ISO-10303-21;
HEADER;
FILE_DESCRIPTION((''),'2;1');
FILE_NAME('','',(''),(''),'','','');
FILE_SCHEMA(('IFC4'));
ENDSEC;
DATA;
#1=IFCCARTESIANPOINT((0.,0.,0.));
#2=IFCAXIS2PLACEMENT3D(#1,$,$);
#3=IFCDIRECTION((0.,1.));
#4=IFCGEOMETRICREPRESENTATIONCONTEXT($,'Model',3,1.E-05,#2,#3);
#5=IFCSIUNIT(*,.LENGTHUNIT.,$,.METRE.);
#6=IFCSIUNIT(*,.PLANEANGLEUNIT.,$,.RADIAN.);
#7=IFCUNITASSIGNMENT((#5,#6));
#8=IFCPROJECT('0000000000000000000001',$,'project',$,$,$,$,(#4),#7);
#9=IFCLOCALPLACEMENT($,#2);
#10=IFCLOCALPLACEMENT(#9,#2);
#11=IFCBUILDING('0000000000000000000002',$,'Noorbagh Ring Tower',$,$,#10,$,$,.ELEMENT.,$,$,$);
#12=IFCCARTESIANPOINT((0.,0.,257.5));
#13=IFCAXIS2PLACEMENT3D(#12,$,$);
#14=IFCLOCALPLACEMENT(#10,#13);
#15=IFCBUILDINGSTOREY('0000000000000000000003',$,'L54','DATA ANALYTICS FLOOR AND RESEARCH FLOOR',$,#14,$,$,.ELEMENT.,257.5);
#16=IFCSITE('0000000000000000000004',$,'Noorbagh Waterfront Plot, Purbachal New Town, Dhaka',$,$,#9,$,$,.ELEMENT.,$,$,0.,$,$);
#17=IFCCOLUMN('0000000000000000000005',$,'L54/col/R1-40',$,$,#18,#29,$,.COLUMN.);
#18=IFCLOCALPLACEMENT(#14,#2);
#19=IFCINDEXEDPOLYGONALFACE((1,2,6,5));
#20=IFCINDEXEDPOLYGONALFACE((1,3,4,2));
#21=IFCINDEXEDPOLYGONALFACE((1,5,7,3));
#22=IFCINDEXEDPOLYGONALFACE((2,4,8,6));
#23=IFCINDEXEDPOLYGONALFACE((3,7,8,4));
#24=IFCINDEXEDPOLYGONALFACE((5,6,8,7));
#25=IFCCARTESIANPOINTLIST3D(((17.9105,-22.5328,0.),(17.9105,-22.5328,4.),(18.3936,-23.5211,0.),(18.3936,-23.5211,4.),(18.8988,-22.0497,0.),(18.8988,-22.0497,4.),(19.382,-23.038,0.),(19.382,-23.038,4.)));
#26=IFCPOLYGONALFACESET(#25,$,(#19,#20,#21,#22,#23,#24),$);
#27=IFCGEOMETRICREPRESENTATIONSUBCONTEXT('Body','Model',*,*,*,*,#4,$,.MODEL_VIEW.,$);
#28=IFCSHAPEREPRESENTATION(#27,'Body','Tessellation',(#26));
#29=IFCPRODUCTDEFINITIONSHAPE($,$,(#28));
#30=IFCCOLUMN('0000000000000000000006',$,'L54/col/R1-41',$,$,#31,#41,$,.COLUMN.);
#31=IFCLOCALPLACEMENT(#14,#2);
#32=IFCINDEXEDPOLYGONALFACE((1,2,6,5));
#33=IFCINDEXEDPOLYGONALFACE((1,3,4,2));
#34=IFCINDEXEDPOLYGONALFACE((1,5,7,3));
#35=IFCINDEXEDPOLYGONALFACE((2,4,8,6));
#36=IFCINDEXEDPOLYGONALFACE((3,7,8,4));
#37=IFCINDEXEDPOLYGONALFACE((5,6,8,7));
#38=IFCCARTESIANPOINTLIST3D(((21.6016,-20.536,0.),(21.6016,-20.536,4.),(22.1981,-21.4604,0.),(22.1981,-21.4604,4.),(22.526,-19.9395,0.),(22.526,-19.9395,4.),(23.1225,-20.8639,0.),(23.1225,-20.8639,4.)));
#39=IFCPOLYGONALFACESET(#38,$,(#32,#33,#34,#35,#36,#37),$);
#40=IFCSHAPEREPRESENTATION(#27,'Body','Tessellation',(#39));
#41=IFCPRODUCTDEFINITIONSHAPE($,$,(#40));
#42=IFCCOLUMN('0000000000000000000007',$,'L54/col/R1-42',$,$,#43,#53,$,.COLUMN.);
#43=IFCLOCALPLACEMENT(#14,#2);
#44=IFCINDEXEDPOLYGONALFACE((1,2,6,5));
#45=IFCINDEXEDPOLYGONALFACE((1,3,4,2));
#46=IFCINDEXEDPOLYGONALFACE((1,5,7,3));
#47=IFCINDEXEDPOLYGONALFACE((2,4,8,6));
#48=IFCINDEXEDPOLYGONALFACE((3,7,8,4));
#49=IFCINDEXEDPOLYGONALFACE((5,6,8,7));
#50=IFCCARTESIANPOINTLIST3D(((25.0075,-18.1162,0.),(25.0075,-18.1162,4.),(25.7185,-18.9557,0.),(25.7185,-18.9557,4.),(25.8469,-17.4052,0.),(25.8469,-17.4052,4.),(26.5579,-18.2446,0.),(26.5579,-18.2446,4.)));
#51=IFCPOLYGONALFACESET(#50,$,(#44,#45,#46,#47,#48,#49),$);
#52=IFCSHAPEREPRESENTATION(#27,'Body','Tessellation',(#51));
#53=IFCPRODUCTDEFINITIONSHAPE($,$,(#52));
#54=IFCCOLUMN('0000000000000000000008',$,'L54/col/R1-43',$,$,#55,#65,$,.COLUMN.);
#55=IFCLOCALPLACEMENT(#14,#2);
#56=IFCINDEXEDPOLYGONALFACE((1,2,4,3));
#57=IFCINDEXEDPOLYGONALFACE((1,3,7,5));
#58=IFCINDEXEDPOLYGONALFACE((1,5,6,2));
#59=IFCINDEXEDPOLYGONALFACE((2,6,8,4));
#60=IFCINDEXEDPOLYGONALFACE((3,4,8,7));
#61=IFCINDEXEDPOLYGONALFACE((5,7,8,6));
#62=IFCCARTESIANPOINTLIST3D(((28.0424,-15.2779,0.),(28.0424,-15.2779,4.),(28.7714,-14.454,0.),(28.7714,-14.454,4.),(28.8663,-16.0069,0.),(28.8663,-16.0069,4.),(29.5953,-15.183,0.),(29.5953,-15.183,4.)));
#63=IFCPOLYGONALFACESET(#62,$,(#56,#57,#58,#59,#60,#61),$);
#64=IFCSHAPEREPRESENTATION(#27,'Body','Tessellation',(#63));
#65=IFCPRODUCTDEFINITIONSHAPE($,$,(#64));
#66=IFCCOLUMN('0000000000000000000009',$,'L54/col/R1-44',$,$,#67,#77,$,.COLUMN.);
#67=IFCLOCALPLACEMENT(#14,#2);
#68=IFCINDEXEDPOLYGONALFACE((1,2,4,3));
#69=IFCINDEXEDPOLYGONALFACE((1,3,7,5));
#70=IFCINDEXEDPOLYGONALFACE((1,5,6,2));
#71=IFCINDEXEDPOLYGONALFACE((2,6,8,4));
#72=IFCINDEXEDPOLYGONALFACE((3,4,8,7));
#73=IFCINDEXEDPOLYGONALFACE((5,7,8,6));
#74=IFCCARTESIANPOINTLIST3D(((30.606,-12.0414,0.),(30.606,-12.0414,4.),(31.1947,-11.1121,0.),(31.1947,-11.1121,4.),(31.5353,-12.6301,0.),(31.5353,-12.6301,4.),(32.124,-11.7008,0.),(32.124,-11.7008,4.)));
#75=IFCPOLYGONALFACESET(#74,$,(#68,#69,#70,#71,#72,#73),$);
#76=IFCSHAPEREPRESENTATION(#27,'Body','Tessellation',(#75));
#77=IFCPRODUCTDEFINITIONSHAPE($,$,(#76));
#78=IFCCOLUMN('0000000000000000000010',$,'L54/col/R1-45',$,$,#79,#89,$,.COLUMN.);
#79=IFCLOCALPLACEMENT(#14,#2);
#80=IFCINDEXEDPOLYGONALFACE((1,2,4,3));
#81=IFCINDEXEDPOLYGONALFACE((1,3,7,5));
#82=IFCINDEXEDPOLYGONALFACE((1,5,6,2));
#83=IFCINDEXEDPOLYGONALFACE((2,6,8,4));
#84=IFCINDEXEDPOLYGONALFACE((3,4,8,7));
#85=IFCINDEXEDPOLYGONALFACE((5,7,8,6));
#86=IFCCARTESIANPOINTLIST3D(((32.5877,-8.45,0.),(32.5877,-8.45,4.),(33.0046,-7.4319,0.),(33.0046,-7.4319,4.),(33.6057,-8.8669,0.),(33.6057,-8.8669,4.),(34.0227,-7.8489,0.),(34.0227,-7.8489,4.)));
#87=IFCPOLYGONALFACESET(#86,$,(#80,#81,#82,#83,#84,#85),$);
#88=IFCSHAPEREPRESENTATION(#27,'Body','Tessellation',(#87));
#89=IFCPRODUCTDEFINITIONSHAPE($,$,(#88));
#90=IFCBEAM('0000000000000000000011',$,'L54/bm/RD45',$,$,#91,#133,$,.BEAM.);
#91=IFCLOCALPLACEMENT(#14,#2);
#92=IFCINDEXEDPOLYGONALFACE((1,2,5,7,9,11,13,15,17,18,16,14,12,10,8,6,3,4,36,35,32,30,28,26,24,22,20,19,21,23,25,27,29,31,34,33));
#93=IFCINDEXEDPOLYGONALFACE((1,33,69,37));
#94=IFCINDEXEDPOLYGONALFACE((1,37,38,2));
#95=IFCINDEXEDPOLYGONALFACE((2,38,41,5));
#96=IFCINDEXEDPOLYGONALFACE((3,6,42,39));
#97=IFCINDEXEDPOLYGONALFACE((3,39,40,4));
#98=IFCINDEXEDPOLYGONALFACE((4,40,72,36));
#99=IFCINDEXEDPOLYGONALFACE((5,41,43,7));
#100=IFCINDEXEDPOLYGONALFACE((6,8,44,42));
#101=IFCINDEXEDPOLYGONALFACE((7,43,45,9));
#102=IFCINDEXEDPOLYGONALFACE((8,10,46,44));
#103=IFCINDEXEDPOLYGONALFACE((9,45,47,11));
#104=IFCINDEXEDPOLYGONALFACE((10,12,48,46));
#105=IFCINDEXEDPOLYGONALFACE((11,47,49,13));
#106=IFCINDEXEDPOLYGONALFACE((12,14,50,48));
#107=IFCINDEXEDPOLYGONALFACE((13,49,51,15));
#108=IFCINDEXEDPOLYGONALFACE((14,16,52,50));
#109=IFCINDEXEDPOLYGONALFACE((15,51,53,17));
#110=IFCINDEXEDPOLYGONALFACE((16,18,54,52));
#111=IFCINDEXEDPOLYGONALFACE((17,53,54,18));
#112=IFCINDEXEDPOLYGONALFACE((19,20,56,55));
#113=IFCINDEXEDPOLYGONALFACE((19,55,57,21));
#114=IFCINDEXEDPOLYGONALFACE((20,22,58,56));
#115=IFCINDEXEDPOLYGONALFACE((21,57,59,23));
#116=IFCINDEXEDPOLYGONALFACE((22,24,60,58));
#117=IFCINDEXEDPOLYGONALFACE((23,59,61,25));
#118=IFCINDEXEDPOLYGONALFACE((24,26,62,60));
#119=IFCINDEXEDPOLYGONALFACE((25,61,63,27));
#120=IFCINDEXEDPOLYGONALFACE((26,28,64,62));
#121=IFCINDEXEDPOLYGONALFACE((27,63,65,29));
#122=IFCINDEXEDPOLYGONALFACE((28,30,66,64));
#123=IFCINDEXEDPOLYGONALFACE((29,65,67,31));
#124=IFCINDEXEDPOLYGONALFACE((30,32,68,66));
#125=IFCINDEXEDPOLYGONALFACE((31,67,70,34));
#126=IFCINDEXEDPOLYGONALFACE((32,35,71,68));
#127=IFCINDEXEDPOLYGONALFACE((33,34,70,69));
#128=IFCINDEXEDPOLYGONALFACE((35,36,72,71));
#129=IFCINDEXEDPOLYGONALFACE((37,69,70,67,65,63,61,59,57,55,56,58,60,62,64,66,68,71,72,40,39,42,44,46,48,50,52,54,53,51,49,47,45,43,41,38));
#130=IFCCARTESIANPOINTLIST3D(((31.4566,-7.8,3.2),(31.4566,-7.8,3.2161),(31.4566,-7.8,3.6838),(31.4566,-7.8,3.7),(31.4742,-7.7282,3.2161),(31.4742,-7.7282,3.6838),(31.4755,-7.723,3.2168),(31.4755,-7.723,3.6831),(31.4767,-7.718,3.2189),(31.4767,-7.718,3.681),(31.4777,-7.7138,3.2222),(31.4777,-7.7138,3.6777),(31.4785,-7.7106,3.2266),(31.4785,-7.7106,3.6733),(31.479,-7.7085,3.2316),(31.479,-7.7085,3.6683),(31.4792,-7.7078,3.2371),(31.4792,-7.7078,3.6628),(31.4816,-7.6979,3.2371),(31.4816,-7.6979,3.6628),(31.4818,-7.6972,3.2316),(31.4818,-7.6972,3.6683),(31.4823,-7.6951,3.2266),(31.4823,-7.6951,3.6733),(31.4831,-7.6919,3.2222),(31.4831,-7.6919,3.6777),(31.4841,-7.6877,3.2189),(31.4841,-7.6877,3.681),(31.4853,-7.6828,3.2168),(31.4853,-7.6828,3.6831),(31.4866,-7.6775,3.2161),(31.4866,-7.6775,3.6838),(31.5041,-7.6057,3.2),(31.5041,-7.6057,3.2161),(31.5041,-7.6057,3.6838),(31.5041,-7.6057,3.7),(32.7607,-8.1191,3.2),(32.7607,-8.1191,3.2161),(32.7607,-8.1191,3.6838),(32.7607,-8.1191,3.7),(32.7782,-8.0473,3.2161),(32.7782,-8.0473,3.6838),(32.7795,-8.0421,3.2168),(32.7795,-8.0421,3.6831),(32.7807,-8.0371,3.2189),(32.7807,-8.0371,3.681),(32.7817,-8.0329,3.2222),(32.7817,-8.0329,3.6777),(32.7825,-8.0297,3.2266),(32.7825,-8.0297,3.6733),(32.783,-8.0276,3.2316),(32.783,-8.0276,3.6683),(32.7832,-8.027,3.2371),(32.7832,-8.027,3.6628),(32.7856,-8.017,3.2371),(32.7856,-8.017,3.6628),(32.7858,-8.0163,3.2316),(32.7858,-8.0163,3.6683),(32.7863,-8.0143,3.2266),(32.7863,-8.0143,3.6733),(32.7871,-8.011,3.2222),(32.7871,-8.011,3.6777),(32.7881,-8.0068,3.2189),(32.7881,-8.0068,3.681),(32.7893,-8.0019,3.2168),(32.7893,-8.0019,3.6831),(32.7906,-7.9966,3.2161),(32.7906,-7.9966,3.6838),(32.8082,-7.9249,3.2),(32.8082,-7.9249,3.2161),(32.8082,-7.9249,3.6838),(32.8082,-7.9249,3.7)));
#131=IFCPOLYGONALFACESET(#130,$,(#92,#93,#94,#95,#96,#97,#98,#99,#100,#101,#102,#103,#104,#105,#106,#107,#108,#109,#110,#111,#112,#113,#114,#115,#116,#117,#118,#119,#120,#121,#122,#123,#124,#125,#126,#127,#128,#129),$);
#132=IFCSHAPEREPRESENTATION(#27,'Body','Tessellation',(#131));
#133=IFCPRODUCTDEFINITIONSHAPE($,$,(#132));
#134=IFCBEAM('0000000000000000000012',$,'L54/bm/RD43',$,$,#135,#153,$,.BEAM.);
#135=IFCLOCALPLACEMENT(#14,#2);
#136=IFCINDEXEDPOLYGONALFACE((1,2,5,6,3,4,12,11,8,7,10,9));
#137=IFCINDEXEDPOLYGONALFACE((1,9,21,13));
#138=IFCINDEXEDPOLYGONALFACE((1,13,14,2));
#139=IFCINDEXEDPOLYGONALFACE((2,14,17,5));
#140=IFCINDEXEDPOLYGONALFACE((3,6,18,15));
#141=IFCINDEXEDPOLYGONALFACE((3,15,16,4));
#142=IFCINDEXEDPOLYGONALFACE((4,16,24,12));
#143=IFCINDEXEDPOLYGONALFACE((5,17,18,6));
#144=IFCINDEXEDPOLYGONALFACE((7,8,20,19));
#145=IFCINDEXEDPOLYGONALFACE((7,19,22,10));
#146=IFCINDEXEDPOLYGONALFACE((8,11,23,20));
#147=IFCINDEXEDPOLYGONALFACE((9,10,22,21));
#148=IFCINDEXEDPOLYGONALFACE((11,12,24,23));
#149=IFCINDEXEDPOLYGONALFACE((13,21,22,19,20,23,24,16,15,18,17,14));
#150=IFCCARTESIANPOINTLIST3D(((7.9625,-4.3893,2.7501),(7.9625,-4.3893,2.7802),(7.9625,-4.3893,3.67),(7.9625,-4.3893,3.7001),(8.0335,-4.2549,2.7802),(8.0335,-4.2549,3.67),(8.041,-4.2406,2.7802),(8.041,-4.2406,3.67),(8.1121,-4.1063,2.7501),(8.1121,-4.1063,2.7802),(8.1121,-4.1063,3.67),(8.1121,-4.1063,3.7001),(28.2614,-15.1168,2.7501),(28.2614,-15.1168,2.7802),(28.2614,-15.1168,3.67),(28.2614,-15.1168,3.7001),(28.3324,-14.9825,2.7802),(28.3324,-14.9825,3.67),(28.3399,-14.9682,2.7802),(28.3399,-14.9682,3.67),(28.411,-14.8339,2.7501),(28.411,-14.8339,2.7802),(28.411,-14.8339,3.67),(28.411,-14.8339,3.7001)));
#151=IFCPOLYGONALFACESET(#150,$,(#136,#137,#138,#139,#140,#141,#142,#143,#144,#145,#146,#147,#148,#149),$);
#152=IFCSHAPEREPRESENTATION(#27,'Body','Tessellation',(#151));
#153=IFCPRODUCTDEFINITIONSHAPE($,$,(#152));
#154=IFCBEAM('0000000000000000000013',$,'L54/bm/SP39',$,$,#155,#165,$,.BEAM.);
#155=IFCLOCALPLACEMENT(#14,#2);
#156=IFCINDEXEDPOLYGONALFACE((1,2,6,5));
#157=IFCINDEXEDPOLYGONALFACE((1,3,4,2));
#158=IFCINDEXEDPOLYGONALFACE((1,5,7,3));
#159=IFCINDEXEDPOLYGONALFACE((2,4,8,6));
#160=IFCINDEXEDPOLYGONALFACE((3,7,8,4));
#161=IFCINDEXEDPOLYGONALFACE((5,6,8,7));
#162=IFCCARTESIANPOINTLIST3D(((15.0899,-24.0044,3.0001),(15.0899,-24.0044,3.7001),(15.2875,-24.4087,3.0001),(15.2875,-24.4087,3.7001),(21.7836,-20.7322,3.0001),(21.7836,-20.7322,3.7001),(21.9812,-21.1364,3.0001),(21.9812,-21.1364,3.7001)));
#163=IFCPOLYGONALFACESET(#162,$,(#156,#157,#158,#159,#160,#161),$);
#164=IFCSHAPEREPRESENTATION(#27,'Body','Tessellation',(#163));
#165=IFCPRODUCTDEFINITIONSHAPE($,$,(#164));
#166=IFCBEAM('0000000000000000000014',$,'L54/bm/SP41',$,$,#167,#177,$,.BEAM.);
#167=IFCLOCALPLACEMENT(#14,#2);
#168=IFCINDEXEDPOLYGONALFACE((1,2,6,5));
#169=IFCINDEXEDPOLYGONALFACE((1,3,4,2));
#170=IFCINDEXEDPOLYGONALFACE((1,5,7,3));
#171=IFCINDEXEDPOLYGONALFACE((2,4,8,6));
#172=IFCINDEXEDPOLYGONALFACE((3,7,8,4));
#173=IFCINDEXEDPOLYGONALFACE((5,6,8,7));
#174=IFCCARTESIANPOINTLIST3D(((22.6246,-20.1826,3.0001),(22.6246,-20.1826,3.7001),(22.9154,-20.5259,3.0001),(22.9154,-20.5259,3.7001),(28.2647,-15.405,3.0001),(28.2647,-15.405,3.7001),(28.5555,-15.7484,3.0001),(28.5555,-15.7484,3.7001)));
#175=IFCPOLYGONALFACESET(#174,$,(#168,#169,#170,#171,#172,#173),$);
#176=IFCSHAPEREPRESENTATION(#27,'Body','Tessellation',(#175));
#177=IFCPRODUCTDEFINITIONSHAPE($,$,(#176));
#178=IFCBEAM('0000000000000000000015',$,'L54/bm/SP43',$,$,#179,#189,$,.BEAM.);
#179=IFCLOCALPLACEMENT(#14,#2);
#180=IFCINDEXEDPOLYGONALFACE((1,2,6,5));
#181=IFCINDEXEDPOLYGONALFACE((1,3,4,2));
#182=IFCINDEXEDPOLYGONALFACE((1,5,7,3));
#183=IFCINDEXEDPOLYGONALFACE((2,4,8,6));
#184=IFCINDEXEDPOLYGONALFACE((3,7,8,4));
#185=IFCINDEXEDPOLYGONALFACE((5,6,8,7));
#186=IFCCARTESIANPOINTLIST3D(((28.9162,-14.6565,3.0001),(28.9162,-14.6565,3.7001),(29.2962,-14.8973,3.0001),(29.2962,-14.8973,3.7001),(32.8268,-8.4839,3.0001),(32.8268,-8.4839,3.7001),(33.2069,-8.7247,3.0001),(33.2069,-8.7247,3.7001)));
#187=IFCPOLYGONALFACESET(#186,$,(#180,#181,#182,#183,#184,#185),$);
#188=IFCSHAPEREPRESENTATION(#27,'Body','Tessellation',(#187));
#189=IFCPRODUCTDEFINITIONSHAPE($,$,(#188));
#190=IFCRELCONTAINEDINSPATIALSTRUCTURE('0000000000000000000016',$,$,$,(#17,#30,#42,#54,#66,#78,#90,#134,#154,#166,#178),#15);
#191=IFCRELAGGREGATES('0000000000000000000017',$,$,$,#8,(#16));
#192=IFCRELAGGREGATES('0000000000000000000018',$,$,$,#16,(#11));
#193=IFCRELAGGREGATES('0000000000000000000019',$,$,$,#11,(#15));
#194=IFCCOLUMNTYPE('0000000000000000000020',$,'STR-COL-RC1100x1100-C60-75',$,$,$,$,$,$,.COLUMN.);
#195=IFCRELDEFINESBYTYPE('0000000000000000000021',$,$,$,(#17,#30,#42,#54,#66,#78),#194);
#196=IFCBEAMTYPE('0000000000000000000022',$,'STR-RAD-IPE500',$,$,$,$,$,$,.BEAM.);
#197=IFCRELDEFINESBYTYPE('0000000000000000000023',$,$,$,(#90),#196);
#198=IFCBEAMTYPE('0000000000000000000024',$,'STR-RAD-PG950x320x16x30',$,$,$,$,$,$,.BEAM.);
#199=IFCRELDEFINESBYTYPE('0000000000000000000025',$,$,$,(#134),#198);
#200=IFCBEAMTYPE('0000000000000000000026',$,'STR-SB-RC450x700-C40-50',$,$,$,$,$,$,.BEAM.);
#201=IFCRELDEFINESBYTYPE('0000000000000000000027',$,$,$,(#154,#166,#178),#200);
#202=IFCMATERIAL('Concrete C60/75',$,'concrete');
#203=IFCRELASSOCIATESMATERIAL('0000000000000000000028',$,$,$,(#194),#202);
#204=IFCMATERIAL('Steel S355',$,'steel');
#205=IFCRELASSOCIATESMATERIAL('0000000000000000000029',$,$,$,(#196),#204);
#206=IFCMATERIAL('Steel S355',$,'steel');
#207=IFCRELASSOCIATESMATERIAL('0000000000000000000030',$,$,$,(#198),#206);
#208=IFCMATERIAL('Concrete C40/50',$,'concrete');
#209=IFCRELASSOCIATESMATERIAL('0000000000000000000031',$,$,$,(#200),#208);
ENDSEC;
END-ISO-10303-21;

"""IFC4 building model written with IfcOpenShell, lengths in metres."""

from ifc_helpers import new_model, si_unit, direction, frame, origin, origin_2d, place, context, subcontext, project, spatial, rectangle, i_section, extrude, material, material_profile, profile_set, type_object, element, save


model = new_model("IFC4")

# Units and contexts
model_context = context("Model", 3, precision=1e-05, world=origin(), true_north=direction((0.0, 1.0)))
body_context = subcontext(model_context, "Body", "Model", "MODEL_VIEW")
ifc_project = project(units=[si_unit("LENGTHUNIT", "METRE"), si_unit("PLANEANGLEUNIT", "RADIAN")], contexts=[model_context])

# Site, building, storey
site_placement = place(None, origin())
site = spatial("IfcSite", under=ifc_project, at=site_placement, Name="Noorbagh Waterfront Plot, Purbachal New Town, Dhaka", CompositionType="ELEMENT", RefElevation=0.0)
building_placement = place(site_placement, origin())
building = spatial("IfcBuilding", under=site, at=building_placement, Name="Noorbagh Ring Tower", CompositionType="ELEMENT")
storey_placement = place(building_placement, frame((0.0, 0.0, 257.5)))
storey = spatial("IfcBuildingStorey", under=building, at=storey_placement, Name="L54", Description="DATA ANALYTICS FLOOR AND RESEARCH FLOOR", CompositionType="ELEMENT", Elevation=257.5)

# Columns
ifc_material_1 = material(Name="Concrete C60/75", Category="concrete")
ifc_material_profile_1 = material_profile(ifc_material_1, rectangle(XDim=1.1001, YDim=1.1001, at=origin_2d()), Name="RC1100x1100")
ifc_profile_set_1 = profile_set([ifc_material_profile_1], Name="Concrete C60/75")
column_type = type_object("IfcColumnType", Name="STR-COL-RC1100x1100-C60-75", PredefinedType="COLUMN", material=ifc_profile_set_1)
for number, where, z_axis, x_axis, name in (
    (1, (18.6462, -22.7854, 0.0), (0.0, 0.0, 1.0), (0.898399, 0.43918, 0.0), "L54/col/R1-40"),
    (2, (22.3621, -20.7, 0.0), (0.0, 0.0, 1.0), (0.840248, 0.542203, 0.0), "L54/col/R1-41"),
    (3, (25.7827, -18.1804, 0.0), (0.0, 0.0, 1.0), (0.763035, 0.646357, 0.0), "L54/col/R1-42"),
    (4, (28.8188, -15.2305, 0.0), (0.0, 0.0, 1.0), (0.662636, 0.748942, 0.0), "L54/col/R1-43"),
    (5, (31.365, -11.8711, 0.0), (0.0, 0.0, 1.0), (0.53519, 0.844731, 0.0), "L54/col/R1-44"),
    (6, (33.3052, -8.1494, 0.0), (0.0, 0.0, 1.0), (0.378989, 0.925401, 0.0), "L54/col/R1-45"),
):
    element("IfcColumn", number, at=place(storey_placement, frame(where, z_axis=z_axis, x_axis=x_axis)), inside=storey, type_object=column_type, Name=name, PredefinedType="COLUMN", context=body_context, shape_type="SweptSolid", body=[
        extrude(rectangle(XDim=1.1001, YDim=1.1001, at=origin_2d()), origin(), (0.0, 0.0, 1.0), 4.0),
    ])

# Beams
ifc_material_2 = material(Name="Steel S355", Category="steel")
ifc_material_profile_2 = material_profile(ifc_material_2, i_section(OverallWidth=0.2, OverallDepth=0.5, WebThickness=0.0103, FlangeThickness=0.0161, FilletRadius=0.021, at=origin_2d()), Name="IPE500")
ifc_profile_set_2 = profile_set([ifc_material_profile_2], Name="Steel S355")
beam_type_1 = type_object("IfcBeamType", Name="STR-RAD-IPE500", PredefinedType="BEAM", material=ifc_profile_set_2)
beam_1_placement = place(storey_placement, frame((32.7844, -8.022, 3.45), z_axis=(-0.971339, 0.237697, 0.0), x_axis=(-0.237697, -0.971339, 0.0)))
element("IfcBeam", 7, at=beam_1_placement, inside=storey, type_object=beam_type_1, Name="L54/bm/RD45", PredefinedType="BEAM", context=body_context, shape_type="SweptSolid", body=[
    extrude(i_section(OverallWidth=0.2, OverallDepth=0.5, WebThickness=0.0103, FlangeThickness=0.0161, FilletRadius=0.021, at=origin_2d()), origin(), (0.0, 0.0, 1.0), 1.3425),
])
ifc_material_3 = material(Name="Steel S355", Category="steel")
ifc_material_profile_3 = material_profile(ifc_material_3, i_section(OverallWidth=0.3201, OverallDepth=0.95, WebThickness=0.0161, FlangeThickness=0.03, at=origin_2d()), Name="PG950x320x16x30")
ifc_profile_set_3 = profile_set([ifc_material_profile_3], Name="Steel S355")
beam_type_2 = type_object("IfcBeamType", Name="STR-RAD-PG950x320x16x30", PredefinedType="BEAM", material=ifc_profile_set_3)
beam_2_placement = place(storey_placement, frame((28.3362, -14.9753, 3.2251), z_axis=(-0.884128, 0.467245, 0.0), x_axis=(-0.467245, -0.884128, 0.0)))
element("IfcBeam", 8, at=beam_2_placement, inside=storey, type_object=beam_type_2, Name="L54/bm/RD43", PredefinedType="BEAM", context=body_context, shape_type="SweptSolid", body=[
    extrude(i_section(OverallWidth=0.3201, OverallDepth=0.95, WebThickness=0.0161, FlangeThickness=0.03, at=origin_2d()), origin(), (0.0, 0.0, 1.0), 22.9592),
])
ifc_material_4 = material(Name="Concrete C40/50", Category="concrete")
ifc_material_profile_4 = material_profile(ifc_material_4, rectangle(XDim=0.45, YDim=0.7, at=origin_2d()), Name="RC450x700")
ifc_profile_set_4 = profile_set([ifc_material_profile_4], Name="Concrete C40/50")
beam_type_3 = type_object("IfcBeamType", Name="STR-SB-RC450x700-C40-50", PredefinedType="BEAM", material=ifc_profile_set_4)
beam_3_placement = place(storey_placement, frame((15.1887, -24.2065, 3.3501), z_axis=(0.898396, 0.439187, 0.0), x_axis=(-0.439187, 0.898396, 0.0)))
element("IfcBeam", 9, at=beam_3_placement, inside=storey, type_object=beam_type_3, Name="L54/bm/SP39", PredefinedType="BEAM", context=body_context, shape_type="SweptSolid", body=[
    extrude(rectangle(XDim=0.45, YDim=0.7, at=origin_2d()), origin(), (0.0, 0.0, 1.0), 7.4507),
])
beam_4_placement = place(storey_placement, frame((22.77, -20.3542, 3.3501), z_axis=(0.763042, 0.646349, 0.0), x_axis=(-0.646349, 0.763042, 0.0)))
element("IfcBeam", 10, at=beam_4_placement, inside=storey, type_object=beam_type_3, Name="L54/bm/SP41", PredefinedType="BEAM", context=body_context, shape_type="SweptSolid", body=[
    extrude(rectangle(XDim=0.45, YDim=0.7, at=origin_2d()), origin(), (0.0, 0.0, 1.0), 7.3916),
])
beam_5_placement = place(storey_placement, frame((29.1062, -14.7769, 3.3501), z_axis=(0.535182, 0.844737, 0.0), x_axis=(-0.844737, 0.535182, 0.0)))
element("IfcBeam", 11, at=beam_5_placement, inside=storey, type_object=beam_type_3, Name="L54/bm/SP43", PredefinedType="BEAM", context=body_context, shape_type="SweptSolid", body=[
    extrude(rectangle(XDim=0.45, YDim=0.7, at=origin_2d()), origin(), (0.0, 0.0, 1.0), 7.3071),
])

save(model, "model.ifc")
